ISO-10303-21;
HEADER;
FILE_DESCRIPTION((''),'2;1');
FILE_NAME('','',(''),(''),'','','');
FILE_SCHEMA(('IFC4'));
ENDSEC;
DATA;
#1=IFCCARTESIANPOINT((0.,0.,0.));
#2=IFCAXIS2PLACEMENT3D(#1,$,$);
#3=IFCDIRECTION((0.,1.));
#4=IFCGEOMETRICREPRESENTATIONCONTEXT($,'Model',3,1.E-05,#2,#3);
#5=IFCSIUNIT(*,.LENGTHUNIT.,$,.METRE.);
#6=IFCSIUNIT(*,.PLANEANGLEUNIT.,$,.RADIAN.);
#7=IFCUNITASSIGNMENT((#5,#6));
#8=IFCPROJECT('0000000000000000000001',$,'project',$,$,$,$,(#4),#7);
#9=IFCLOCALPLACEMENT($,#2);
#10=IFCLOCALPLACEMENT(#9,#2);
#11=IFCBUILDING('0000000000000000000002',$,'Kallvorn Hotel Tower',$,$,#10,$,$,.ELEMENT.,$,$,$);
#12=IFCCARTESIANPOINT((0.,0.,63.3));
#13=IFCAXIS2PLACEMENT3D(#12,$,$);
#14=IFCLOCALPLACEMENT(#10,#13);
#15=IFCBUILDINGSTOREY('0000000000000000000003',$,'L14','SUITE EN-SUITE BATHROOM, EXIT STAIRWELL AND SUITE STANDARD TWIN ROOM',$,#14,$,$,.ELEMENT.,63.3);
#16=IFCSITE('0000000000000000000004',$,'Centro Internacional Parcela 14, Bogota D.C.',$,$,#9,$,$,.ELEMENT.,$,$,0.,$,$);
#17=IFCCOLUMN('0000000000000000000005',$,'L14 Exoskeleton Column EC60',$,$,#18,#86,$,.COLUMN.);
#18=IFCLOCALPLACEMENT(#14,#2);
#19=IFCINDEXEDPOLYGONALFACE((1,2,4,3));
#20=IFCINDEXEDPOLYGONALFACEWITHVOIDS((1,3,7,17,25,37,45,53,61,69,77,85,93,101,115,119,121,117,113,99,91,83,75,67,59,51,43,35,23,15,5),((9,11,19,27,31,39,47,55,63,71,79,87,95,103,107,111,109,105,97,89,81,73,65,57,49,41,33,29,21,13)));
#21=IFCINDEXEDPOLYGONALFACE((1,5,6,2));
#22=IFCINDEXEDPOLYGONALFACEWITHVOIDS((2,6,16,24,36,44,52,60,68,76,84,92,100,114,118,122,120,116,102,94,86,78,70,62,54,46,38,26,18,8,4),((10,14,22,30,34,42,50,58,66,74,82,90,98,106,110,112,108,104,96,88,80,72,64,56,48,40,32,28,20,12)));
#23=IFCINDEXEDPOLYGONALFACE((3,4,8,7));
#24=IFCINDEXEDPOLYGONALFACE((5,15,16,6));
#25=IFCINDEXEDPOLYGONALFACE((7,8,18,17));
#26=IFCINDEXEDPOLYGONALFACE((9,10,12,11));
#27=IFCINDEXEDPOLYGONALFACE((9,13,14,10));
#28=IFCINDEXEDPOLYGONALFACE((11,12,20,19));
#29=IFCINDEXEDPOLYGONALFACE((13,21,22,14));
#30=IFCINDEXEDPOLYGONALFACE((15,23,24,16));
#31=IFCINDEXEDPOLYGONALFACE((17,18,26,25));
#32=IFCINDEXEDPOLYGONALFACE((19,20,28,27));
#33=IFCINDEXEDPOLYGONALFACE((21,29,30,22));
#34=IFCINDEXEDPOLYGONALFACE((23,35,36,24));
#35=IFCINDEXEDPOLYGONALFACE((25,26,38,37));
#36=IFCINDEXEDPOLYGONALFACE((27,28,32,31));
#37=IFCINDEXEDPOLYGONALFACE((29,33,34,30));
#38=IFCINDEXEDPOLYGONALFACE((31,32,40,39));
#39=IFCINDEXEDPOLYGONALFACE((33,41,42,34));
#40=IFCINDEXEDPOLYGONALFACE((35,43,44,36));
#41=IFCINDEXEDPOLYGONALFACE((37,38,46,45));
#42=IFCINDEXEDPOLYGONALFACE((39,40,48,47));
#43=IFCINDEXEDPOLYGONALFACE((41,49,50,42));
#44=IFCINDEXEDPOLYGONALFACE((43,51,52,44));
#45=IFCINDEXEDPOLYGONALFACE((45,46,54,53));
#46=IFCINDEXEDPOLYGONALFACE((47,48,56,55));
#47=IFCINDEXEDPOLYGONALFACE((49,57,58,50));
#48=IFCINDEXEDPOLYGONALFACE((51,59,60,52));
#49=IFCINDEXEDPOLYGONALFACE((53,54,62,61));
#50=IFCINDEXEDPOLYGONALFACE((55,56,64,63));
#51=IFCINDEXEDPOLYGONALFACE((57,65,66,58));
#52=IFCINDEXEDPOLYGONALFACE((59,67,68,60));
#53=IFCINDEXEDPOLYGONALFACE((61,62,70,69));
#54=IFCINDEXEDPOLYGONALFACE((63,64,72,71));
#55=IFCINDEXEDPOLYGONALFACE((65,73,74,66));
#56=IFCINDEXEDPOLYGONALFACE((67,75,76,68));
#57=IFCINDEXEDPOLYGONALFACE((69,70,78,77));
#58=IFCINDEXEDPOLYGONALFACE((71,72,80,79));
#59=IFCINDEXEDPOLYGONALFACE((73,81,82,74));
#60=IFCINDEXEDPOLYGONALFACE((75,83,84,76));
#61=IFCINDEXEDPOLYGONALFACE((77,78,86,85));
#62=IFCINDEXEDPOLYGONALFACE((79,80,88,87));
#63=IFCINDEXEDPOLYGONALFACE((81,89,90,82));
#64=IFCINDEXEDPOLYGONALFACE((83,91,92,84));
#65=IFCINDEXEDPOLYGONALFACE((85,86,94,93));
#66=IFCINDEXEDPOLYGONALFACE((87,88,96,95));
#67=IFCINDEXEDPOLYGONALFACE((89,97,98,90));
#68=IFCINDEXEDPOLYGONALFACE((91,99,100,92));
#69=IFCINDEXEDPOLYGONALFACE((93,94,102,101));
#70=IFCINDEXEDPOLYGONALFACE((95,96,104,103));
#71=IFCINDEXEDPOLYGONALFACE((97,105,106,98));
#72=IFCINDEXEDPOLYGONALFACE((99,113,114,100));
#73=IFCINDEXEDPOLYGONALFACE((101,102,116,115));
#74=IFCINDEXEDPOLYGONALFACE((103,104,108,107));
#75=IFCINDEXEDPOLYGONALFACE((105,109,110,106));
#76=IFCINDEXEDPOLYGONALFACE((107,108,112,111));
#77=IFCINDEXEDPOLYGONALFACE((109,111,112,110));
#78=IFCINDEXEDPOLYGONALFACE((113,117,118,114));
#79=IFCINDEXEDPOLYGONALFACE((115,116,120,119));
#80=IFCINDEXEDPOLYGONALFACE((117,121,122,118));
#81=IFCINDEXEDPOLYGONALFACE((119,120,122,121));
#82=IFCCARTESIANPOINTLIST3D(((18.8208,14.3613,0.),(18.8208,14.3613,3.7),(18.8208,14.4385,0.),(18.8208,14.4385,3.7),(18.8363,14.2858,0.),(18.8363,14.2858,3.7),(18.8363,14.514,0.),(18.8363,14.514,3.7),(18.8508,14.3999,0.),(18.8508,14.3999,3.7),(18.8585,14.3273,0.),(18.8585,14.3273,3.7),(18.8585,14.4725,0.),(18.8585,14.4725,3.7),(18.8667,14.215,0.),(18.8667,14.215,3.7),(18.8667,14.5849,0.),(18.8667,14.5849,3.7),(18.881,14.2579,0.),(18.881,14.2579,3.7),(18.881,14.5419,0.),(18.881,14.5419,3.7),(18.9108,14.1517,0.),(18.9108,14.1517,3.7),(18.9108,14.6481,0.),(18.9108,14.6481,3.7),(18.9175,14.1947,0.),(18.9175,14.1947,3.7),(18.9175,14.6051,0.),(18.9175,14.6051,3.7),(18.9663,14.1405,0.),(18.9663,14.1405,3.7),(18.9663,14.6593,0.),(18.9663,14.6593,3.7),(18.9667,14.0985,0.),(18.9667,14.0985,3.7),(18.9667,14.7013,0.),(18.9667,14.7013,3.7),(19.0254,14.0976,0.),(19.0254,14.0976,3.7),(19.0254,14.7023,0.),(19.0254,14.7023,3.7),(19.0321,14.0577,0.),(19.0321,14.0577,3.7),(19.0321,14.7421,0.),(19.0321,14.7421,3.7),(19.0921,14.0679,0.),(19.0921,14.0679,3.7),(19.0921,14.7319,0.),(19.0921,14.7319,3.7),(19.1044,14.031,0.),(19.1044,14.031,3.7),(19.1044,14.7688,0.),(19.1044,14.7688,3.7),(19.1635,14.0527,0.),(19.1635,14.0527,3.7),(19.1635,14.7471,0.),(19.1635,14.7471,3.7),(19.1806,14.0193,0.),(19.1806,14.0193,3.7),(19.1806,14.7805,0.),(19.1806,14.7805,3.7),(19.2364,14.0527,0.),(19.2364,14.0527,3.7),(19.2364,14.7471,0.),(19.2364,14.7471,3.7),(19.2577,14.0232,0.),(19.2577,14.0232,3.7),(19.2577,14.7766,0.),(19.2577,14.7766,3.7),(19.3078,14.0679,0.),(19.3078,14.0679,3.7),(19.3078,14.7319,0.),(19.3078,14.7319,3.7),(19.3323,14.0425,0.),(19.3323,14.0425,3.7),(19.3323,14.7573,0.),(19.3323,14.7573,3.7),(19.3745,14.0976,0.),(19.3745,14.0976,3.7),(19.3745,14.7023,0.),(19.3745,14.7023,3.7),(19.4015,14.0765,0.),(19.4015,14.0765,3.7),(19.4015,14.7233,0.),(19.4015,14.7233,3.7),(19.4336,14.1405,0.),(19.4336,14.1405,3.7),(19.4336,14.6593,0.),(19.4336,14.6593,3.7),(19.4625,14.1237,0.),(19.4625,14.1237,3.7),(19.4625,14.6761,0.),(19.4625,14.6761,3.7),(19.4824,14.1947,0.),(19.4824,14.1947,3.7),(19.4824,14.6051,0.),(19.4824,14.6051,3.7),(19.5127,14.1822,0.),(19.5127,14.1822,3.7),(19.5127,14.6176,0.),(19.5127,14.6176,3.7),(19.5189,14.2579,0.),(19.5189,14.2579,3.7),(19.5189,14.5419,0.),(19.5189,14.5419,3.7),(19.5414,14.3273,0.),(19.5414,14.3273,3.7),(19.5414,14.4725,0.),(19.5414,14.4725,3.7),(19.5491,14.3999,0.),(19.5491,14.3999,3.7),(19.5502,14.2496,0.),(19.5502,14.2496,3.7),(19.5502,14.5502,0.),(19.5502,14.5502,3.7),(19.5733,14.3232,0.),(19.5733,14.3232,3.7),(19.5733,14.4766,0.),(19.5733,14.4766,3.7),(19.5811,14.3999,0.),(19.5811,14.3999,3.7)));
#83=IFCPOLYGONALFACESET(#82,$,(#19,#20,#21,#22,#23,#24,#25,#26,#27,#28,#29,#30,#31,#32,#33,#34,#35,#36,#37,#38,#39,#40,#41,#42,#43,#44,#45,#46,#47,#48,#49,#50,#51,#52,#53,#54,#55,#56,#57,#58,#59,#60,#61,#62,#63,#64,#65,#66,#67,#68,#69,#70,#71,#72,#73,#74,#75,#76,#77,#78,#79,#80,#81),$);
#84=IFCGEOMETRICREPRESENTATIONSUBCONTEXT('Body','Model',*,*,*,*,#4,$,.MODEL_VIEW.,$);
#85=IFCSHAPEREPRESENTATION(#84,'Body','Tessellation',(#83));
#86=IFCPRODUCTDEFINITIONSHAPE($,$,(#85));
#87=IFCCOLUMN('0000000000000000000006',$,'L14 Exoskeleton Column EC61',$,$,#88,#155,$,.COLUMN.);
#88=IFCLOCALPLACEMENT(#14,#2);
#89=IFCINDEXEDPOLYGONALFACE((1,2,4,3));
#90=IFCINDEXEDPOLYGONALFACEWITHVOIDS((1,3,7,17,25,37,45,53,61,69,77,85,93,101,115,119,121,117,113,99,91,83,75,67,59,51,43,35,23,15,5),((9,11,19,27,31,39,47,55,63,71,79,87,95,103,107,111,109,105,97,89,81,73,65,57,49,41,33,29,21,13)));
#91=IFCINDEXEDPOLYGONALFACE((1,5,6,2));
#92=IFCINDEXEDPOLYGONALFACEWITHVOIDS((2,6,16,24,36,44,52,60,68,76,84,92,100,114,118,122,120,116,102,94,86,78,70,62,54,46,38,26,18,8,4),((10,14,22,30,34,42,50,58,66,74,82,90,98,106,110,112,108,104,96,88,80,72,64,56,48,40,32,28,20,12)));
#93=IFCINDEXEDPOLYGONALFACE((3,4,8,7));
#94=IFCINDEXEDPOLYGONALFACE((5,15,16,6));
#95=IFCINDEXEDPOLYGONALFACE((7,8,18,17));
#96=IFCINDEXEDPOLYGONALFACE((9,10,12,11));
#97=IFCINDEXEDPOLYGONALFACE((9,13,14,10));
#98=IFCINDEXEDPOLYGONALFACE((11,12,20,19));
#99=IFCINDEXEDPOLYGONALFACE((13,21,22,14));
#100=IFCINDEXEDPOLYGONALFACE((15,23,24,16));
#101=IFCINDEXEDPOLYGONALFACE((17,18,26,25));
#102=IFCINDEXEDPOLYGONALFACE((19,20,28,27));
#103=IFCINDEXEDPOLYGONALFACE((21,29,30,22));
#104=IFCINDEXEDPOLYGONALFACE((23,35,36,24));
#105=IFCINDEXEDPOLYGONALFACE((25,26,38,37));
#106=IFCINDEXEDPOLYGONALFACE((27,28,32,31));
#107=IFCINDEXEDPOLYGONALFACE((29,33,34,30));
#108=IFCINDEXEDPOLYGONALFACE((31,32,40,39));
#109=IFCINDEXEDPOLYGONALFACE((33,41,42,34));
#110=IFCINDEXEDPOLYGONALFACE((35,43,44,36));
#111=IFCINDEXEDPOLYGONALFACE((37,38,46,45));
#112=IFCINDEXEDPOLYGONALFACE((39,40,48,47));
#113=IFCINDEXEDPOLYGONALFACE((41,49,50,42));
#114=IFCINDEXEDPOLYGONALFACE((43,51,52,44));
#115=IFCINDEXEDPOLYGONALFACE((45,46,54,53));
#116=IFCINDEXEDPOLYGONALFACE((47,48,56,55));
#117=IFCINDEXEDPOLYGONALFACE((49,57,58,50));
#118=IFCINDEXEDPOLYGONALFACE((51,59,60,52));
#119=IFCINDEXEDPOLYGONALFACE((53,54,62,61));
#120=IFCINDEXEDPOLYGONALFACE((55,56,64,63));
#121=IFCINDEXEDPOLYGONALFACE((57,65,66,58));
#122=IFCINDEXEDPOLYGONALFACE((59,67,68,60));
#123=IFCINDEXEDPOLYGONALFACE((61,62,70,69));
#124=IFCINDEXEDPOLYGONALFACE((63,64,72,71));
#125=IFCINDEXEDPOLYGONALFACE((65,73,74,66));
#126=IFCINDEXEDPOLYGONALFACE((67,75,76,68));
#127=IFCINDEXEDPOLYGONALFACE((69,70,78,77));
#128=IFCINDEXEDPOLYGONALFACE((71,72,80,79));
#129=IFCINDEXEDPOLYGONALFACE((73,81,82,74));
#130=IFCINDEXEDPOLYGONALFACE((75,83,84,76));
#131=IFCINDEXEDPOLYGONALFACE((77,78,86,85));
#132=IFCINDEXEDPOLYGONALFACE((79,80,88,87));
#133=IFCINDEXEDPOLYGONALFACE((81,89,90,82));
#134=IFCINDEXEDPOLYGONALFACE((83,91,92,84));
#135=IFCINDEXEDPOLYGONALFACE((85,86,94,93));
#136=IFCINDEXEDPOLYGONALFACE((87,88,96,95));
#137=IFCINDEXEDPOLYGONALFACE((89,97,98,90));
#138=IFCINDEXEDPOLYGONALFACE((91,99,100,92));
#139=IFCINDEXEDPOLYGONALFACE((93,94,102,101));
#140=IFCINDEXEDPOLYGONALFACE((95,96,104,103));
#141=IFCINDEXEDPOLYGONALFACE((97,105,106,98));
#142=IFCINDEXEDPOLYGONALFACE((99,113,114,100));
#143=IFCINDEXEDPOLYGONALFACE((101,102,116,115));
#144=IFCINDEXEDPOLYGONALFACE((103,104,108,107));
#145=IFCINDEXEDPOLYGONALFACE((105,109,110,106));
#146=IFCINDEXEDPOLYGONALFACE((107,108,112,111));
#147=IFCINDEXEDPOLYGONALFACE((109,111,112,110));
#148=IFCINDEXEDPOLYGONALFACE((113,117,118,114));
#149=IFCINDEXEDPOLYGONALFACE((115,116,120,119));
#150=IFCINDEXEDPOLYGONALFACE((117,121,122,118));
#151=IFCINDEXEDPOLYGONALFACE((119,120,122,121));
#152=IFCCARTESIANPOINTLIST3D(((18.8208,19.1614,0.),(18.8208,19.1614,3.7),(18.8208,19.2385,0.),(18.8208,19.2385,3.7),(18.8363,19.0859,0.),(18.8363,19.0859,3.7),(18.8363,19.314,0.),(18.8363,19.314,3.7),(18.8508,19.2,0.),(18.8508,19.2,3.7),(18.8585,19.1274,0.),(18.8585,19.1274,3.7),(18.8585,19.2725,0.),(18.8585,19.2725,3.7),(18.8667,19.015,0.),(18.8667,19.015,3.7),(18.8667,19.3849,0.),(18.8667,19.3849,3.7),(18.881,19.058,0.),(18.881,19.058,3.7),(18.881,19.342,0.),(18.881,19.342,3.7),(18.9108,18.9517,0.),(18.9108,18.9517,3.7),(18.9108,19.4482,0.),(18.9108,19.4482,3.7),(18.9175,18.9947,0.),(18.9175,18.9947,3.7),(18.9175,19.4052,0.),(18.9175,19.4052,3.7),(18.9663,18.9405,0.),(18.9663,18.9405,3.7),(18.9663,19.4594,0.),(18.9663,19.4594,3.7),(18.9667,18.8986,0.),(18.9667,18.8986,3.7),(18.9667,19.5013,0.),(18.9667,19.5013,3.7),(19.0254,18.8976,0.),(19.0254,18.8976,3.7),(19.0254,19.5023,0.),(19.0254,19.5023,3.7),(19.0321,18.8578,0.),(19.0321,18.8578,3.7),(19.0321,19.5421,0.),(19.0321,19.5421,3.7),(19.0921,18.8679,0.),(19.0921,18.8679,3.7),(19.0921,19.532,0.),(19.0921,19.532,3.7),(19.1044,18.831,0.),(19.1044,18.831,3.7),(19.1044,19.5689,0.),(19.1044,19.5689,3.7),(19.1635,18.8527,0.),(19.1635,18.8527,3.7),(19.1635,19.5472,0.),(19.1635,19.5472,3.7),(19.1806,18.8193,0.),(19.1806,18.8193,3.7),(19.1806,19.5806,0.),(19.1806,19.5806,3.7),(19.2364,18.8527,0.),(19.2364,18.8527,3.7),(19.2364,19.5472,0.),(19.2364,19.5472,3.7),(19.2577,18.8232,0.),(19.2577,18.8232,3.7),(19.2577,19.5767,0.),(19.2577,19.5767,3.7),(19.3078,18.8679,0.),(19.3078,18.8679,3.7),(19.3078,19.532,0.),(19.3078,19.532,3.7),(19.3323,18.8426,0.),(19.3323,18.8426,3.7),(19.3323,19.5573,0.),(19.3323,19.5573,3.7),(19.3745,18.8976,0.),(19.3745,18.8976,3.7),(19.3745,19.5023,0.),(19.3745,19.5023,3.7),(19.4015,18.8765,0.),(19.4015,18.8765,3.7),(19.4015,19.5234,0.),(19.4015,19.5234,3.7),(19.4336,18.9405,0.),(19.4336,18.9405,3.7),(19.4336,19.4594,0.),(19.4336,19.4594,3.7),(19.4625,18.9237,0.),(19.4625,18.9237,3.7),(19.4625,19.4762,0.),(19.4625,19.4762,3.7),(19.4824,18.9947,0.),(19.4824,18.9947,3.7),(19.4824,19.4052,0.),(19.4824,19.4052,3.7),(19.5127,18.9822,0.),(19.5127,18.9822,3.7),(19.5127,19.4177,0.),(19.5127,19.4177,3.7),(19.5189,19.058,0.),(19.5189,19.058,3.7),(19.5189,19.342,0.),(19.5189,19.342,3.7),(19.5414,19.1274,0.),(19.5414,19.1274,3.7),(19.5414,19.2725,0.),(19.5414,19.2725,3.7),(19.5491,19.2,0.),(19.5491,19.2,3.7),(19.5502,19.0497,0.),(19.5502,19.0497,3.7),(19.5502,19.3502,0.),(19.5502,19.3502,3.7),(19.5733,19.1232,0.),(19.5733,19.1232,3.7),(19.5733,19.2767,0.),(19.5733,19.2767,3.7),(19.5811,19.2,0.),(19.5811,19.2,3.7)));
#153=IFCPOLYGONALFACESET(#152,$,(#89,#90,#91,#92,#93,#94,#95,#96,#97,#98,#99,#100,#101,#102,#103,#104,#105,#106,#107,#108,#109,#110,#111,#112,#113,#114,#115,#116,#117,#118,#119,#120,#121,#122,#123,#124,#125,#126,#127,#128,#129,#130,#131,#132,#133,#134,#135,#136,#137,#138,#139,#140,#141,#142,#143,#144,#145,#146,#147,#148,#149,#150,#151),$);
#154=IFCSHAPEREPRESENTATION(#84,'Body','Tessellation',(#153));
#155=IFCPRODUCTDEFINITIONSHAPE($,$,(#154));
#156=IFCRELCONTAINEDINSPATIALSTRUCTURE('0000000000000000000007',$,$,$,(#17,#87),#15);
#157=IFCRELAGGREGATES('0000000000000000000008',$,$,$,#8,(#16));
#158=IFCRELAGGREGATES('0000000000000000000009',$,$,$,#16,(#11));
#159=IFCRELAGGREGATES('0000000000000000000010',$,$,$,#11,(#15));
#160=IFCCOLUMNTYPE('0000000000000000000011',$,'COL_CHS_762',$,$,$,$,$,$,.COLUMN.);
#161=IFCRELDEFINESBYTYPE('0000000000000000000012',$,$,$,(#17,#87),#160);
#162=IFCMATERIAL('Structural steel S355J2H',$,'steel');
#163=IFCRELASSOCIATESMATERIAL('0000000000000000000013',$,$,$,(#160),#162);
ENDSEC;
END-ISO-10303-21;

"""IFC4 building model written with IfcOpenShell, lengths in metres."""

from ifc_helpers import new_model, si_unit, direction, frame, origin, origin_2d, place, context, subcontext, project, spatial, hollow_circle, extrude, material, material_profile, profile_set, type_object, element, save


model = new_model("IFC4")

# Units and contexts
model_context = context("Model", 3, precision=1e-05, world=origin(), true_north=direction((0.0, 1.0)))
body_context = subcontext(model_context, "Body", "Model", "MODEL_VIEW")
ifc_project = project(units=[si_unit("LENGTHUNIT", "METRE"), si_unit("PLANEANGLEUNIT", "RADIAN")], contexts=[model_context])

# Site, building, storey
site_placement = place(None, origin())
site = spatial("IfcSite", under=ifc_project, at=site_placement, Name="Centro Internacional Parcela 14, Bogota D.C.", CompositionType="ELEMENT", RefElevation=0.0)
building_placement = place(site_placement, origin())
building = spatial("IfcBuilding", under=site, at=building_placement, Name="Kallvorn Hotel Tower", CompositionType="ELEMENT")
storey_placement = place(building_placement, frame((0.0, 0.0, 63.3)))
storey = spatial("IfcBuildingStorey", under=building, at=storey_placement, Name="L14", Description="SUITE EN-SUITE BATHROOM, EXIT STAIRWELL AND SUITE STANDARD TWIN ROOM", CompositionType="ELEMENT", Elevation=63.3)

# Columns
ifc_material_1 = material(Name="Structural steel S355J2H", Category="steel")
ifc_material_profile_1 = material_profile(ifc_material_1, hollow_circle(Radius=0.3811, WallThickness=0.032, at=origin_2d()), Name="CHS 762x32")
ifc_profile_set_1 = profile_set([ifc_material_profile_1], Name="Structural steel S355J2H")
column_type_1 = type_object("IfcColumnType", Name="COL_CHS_762", PredefinedType="COLUMN", material=ifc_profile_set_1)
for number, where, z_axis, x_axis, name in (
    (1, (19.2, 14.3999, 0.0), (0.0, 0.0, 1.0), (1.0, 0.0, 0.0), "L14 Exoskeleton Column EC60"),
    (2, (19.2, 19.2, 0.0), (0.0, 0.0, 1.0), (1.0, 0.0, 0.0), "L14 Exoskeleton Column EC61"),
):
    element("IfcColumn", number, at=place(storey_placement, frame(where, z_axis=z_axis, x_axis=x_axis)), inside=storey, type_object=column_type_1, Name=name, PredefinedType="COLUMN", context=body_context, shape_type="SweptSolid", body=[
        extrude(hollow_circle(Radius=0.3811, WallThickness=0.032, at=origin_2d()), origin(), (0.0, 0.0, 1.0), 3.7),
    ])

save(model, "model.ifc")
